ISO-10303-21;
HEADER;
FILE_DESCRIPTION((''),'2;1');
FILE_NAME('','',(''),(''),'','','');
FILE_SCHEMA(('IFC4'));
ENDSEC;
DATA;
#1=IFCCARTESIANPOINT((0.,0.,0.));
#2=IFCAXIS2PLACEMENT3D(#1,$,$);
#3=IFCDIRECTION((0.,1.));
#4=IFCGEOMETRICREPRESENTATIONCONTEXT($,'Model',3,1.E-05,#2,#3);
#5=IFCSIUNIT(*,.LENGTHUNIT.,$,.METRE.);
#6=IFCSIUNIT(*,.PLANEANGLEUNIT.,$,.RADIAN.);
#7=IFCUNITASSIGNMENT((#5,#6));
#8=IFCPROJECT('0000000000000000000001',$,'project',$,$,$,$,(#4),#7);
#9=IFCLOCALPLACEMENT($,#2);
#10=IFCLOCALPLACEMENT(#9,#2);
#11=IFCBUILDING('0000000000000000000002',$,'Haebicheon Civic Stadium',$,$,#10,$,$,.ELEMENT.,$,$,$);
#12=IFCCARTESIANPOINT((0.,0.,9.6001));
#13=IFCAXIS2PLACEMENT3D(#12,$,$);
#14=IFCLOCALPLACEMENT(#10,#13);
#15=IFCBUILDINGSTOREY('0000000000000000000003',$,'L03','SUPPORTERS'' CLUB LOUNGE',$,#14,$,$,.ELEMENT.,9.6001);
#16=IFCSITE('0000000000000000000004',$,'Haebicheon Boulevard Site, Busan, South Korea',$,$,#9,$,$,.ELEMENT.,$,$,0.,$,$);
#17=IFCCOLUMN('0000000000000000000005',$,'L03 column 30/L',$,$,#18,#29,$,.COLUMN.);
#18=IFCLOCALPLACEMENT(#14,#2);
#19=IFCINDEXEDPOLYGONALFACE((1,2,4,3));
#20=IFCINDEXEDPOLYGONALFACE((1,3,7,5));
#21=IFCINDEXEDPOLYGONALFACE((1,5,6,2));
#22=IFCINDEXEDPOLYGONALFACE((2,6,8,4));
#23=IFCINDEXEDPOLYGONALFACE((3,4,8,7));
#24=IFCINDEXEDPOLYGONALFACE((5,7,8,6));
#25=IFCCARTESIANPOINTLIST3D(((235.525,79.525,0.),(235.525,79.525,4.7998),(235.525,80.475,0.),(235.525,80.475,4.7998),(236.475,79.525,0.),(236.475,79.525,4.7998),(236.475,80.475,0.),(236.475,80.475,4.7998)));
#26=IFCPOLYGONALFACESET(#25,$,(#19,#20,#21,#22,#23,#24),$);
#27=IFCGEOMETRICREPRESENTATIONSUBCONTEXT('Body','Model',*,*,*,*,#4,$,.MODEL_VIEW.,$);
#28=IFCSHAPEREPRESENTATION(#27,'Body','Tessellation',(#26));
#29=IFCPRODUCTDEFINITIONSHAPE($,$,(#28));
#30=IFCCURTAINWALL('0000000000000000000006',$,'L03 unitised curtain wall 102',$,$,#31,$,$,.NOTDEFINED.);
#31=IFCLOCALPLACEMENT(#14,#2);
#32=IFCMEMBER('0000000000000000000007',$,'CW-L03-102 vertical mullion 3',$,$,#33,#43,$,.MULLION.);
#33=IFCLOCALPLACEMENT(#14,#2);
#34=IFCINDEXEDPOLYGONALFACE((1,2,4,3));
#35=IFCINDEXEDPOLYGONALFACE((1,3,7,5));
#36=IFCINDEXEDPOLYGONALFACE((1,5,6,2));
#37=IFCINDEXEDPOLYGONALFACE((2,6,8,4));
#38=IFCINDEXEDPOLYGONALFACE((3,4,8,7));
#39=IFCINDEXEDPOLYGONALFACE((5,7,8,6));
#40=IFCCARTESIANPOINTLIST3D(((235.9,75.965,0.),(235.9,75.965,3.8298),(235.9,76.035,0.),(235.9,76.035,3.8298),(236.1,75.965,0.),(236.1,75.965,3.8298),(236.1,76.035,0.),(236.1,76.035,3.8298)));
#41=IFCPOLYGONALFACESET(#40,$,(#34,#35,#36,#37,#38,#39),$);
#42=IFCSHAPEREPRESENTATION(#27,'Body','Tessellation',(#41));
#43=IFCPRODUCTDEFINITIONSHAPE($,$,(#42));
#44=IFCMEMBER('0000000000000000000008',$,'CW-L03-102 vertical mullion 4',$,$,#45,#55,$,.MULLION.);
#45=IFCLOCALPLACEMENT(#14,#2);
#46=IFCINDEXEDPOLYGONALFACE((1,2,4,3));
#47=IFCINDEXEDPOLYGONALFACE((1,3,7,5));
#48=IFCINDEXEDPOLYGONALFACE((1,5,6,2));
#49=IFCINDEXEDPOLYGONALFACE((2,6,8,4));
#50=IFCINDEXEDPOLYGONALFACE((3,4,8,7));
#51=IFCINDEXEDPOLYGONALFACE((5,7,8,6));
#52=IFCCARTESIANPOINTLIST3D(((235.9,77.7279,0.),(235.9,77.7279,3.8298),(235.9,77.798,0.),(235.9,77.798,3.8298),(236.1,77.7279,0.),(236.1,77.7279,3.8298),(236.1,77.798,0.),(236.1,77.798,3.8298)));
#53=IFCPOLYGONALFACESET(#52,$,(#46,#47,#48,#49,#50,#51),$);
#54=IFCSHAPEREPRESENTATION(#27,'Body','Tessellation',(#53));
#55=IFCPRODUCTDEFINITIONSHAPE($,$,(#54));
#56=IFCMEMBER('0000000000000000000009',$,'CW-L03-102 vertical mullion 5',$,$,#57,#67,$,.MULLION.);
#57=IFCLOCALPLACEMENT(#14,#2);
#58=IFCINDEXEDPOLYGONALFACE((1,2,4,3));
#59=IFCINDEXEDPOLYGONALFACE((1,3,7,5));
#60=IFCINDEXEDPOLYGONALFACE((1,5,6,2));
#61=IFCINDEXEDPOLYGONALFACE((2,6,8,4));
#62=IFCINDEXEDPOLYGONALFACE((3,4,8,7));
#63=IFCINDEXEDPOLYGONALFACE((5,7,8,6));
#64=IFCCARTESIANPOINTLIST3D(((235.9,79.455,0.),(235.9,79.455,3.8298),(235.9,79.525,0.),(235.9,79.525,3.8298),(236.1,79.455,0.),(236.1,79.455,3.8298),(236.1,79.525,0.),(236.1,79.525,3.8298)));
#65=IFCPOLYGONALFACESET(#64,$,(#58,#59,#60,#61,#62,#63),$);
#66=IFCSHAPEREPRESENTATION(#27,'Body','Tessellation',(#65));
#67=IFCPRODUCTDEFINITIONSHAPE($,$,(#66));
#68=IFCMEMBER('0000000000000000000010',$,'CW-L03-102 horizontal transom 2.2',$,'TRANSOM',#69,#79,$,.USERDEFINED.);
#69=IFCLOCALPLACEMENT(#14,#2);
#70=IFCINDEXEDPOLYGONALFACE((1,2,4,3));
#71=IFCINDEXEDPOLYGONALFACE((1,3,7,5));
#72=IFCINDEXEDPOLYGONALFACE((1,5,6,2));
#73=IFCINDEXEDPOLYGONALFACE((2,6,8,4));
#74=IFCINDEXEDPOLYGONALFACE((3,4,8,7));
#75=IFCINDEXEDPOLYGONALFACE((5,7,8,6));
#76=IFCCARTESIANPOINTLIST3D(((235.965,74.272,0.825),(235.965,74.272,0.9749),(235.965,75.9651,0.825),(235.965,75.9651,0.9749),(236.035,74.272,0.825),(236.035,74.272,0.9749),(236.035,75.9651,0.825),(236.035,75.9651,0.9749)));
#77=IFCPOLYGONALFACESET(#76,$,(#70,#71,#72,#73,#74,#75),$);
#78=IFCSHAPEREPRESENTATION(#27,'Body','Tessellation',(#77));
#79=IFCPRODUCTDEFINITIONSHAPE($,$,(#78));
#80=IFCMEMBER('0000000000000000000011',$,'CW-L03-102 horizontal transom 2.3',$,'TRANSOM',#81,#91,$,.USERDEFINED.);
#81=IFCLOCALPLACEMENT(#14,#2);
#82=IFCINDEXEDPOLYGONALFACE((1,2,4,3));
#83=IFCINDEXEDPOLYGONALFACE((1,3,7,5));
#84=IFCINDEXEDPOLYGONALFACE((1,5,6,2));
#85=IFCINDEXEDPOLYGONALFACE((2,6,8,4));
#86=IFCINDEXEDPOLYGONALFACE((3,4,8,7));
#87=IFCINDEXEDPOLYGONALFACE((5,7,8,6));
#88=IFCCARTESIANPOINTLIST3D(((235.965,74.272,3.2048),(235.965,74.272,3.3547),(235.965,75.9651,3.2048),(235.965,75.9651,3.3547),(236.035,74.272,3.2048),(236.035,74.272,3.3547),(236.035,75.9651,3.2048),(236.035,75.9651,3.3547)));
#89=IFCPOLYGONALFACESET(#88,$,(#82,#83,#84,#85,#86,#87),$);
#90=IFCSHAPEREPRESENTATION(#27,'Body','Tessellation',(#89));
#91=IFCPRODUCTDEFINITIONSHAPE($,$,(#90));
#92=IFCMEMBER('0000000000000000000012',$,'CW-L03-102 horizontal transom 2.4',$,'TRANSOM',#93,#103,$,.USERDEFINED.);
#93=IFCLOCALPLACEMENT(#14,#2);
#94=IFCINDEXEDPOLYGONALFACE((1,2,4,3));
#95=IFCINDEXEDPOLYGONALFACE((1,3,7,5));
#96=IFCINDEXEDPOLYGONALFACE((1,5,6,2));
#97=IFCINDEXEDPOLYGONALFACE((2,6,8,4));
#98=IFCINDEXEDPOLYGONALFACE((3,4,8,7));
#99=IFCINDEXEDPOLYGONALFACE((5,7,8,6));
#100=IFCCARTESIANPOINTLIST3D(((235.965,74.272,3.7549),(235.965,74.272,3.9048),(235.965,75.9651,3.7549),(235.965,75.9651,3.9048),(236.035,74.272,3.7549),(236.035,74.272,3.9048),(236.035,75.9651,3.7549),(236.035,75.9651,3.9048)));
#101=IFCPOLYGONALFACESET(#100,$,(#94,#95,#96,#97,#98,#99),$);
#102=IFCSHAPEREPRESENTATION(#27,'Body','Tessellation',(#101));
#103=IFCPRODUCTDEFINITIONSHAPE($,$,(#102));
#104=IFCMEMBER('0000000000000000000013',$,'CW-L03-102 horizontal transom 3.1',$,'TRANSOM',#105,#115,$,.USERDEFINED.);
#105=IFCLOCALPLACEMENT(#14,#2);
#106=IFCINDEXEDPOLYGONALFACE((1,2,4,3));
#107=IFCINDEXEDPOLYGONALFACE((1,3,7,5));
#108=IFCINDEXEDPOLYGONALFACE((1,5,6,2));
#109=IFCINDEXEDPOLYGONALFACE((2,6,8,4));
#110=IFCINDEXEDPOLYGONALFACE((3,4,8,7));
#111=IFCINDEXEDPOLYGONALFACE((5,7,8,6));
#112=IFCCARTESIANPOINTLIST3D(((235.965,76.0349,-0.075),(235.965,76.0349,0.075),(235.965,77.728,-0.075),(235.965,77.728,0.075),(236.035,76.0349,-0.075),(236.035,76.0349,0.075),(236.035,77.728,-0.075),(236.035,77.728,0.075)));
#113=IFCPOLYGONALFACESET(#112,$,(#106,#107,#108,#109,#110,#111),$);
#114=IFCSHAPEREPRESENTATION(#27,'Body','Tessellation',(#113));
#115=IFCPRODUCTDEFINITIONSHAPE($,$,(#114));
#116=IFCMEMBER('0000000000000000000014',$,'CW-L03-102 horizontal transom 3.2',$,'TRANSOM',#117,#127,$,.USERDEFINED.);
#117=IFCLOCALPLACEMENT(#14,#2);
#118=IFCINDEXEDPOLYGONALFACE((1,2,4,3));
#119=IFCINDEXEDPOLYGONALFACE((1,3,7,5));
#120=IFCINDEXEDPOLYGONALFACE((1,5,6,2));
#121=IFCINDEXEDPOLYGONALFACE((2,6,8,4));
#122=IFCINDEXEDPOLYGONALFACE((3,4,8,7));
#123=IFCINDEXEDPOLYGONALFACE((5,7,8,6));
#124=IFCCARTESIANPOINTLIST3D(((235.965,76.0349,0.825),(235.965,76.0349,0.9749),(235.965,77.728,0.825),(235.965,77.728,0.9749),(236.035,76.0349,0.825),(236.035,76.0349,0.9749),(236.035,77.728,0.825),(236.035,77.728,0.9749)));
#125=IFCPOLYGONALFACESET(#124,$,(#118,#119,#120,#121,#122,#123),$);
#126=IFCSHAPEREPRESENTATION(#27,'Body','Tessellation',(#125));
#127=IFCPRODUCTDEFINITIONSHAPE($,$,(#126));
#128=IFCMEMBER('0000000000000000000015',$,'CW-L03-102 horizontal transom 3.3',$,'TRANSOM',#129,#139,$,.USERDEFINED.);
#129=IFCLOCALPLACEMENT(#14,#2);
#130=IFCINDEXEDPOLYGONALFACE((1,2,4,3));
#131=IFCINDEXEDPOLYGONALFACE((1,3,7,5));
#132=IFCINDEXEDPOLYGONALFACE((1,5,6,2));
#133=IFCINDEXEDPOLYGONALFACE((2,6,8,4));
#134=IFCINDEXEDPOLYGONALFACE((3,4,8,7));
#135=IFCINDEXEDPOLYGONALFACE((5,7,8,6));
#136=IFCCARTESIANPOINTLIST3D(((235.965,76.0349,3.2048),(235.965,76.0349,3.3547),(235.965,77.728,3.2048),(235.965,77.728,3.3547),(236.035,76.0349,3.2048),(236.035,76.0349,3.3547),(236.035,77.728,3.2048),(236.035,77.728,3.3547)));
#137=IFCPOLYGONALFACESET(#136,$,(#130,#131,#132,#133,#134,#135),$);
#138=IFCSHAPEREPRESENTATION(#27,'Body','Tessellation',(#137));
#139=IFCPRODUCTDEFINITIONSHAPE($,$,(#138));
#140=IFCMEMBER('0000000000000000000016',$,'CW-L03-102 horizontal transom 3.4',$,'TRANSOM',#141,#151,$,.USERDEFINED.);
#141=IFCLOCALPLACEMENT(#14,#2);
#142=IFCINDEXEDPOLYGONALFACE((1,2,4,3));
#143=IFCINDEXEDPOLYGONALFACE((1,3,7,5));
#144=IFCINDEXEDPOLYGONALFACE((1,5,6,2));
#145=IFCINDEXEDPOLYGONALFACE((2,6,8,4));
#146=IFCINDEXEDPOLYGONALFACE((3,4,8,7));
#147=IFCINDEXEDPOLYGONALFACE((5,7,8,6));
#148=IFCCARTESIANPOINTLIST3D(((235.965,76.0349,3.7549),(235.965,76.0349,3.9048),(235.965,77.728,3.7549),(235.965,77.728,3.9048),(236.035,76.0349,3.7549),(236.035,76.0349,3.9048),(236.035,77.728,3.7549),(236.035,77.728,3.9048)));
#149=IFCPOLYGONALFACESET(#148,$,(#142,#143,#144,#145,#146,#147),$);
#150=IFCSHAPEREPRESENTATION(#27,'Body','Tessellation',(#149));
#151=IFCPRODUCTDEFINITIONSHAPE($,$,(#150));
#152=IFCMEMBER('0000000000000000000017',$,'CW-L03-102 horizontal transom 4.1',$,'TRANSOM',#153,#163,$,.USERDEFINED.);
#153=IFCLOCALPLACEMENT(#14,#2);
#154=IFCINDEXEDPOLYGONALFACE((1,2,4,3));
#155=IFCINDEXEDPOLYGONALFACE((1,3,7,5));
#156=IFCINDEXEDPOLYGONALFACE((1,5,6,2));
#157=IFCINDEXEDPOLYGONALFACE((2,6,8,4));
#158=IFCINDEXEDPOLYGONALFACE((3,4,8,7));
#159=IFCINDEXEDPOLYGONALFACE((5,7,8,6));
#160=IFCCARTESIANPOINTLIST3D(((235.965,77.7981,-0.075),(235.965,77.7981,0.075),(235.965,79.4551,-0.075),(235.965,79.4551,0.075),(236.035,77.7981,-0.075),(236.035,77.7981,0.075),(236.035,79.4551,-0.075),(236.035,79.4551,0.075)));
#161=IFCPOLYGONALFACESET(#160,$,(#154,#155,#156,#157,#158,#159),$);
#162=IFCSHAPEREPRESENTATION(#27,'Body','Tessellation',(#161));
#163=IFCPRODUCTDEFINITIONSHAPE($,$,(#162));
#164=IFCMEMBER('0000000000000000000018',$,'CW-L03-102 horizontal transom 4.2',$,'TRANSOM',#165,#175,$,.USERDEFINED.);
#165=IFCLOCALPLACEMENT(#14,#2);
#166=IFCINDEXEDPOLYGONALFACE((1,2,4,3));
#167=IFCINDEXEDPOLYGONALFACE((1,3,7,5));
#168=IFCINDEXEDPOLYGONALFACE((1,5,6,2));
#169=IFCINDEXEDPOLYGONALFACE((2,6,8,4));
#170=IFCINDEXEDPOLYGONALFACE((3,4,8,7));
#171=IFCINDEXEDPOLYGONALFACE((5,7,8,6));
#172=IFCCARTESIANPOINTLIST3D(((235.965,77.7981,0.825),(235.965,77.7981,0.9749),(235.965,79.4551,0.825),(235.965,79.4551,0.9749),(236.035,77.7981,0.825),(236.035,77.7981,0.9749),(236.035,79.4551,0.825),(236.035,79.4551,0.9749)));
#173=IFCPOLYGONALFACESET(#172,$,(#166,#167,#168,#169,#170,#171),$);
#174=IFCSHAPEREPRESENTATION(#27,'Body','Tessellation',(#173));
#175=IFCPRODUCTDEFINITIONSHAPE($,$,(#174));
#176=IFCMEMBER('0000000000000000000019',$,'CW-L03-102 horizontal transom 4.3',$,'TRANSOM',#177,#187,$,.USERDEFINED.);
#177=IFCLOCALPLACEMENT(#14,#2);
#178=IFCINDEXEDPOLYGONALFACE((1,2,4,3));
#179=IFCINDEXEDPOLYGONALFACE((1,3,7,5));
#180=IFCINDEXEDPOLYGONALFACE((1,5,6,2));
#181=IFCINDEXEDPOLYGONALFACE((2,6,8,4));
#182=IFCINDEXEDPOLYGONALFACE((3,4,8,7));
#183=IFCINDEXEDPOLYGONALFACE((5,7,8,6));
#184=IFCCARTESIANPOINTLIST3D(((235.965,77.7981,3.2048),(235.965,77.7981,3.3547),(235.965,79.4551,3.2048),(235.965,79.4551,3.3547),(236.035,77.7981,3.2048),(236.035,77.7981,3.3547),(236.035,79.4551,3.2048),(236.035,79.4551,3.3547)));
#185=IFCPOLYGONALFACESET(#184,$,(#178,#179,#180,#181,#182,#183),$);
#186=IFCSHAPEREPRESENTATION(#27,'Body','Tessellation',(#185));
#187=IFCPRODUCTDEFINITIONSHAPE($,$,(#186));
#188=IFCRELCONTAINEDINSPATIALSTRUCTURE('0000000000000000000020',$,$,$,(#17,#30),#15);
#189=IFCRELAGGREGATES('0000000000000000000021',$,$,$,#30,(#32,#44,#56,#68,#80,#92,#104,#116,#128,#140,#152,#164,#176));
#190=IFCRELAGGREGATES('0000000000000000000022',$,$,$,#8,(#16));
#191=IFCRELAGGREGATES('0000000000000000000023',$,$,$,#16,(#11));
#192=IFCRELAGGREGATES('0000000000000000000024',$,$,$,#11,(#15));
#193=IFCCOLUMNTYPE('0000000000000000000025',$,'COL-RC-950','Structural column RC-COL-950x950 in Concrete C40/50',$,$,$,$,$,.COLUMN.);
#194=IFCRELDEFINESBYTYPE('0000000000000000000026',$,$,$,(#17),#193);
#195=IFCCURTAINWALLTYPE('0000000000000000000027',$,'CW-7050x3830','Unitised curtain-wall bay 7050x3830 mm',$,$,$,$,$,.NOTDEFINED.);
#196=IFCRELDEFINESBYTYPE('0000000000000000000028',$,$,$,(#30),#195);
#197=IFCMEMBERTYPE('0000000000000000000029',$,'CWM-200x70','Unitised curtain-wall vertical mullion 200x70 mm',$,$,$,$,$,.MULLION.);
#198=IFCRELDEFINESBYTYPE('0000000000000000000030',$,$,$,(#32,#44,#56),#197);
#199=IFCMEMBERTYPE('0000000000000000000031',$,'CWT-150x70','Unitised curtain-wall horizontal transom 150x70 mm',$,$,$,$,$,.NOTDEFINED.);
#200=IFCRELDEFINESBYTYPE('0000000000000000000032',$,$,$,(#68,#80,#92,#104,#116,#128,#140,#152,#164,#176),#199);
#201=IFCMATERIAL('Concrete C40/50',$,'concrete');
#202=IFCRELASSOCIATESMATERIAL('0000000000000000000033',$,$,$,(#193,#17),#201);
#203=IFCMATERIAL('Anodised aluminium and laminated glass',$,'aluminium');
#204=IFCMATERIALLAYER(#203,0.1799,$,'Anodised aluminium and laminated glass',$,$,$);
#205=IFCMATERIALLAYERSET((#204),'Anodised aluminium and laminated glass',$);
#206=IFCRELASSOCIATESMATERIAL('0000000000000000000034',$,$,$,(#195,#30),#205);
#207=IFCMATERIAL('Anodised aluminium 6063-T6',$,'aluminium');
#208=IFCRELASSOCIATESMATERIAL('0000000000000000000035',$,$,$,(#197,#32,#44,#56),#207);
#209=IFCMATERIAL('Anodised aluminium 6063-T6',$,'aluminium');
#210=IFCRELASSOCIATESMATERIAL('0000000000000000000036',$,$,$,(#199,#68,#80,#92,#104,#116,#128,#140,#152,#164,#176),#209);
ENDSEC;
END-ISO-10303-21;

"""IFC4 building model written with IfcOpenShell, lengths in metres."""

from ifc_helpers import new_model, si_unit, direction, frame, origin, origin_2d, place, context, subcontext, project, spatial, rectangle, extrude, material, layer, layer_set, material_profile, profile_set, type_object, element, aggregate, save


model = new_model("IFC4")

# Units and contexts
model_context = context("Model", 3, precision=1e-05, world=origin(), true_north=direction((0.0, 1.0)))
body_context = subcontext(model_context, "Body", "Model", "MODEL_VIEW")
ifc_project = project(units=[si_unit("LENGTHUNIT", "METRE"), si_unit("PLANEANGLEUNIT", "RADIAN")], contexts=[model_context])

# Site, building, storey
site_placement = place(None, origin())
site = spatial("IfcSite", under=ifc_project, at=site_placement, Name="Haebicheon Boulevard Site, Busan, South Korea", CompositionType="ELEMENT", RefElevation=0.0)
building_placement = place(site_placement, origin())
building = spatial("IfcBuilding", under=site, at=building_placement, Name="Haebicheon Civic Stadium", CompositionType="ELEMENT")
storey_placement = place(building_placement, frame((0.0, 0.0, 9.6001)))
storey = spatial("IfcBuildingStorey", under=building, at=storey_placement, Name="L03", Description="SUPPORTERS' CLUB LOUNGE", CompositionType="ELEMENT", Elevation=9.6001)

# Column
ifc_material_1 = material(Name="Concrete C40/50", Category="concrete")
ifc_material_profile_1 = material_profile(ifc_material_1, rectangle(XDim=0.95, YDim=0.95, at=origin_2d()), Name="RC-COL-950x950")
ifc_profile_set_1 = profile_set([ifc_material_profile_1], Name="Concrete C40/50")
column_type = type_object("IfcColumnType", Name="COL-RC-950", Description="Structural column RC-COL-950x950 in Concrete C40/50", PredefinedType="COLUMN", material=ifc_profile_set_1)
column_placement = place(storey_placement, frame((236.0, 80.0, 0.0), z_axis=(0.0, 0.0, 1.0), x_axis=(1.0, 0.0, 0.0)))
element("IfcColumn", 1, at=column_placement, inside=storey, type_object=column_type, material=ifc_profile_set_1, Name="L03 column 30/L", PredefinedType="COLUMN", context=body_context, shape_type="SweptSolid", body=[
    extrude(rectangle(XDim=0.95, YDim=0.95, at=origin_2d()), origin(), (0.0, 0.0, 1.0), 4.7998),
])

# Curtain wall, members
ifc_material_2 = material(Name="Anodised aluminium and laminated glass", Category="aluminium")
ifc_layer_1 = layer(ifc_material_2, 0.1799, Name="Anodised aluminium and laminated glass")
ifc_layer_set_1 = layer_set([ifc_layer_1], Name="Anodised aluminium and laminated glass")
curtain_wall_type = type_object("IfcCurtainWallType", Name="CW-7050x3830", Description="Unitised curtain-wall bay 7050x3830 mm", PredefinedType="NOTDEFINED", material=ifc_layer_set_1)
curtain_wall_placement = place(storey_placement, origin())
curtain_wall = element("IfcCurtainWall", 2, at=curtain_wall_placement, inside=storey, type_object=curtain_wall_type, material=ifc_layer_set_1, Name="L03 unitised curtain wall 102", PredefinedType="NOTDEFINED")
ifc_material_3 = material(Name="Anodised aluminium 6063-T6", Category="aluminium")
ifc_material_profile_2 = material_profile(ifc_material_3, rectangle(XDim=0.0701, YDim=0.2, at=origin_2d()), Name="ALU-MULL-70x200")
ifc_profile_set_2 = profile_set([ifc_material_profile_2], Name="Anodised aluminium 6063-T6")
member_type_1 = type_object("IfcMemberType", Name="CWM-200x70", Description="Unitised curtain-wall vertical mullion 200x70 mm", PredefinedType="MULLION", material=ifc_profile_set_2)
member_1_placement = place(storey_placement, frame((236.0, 76.0, 0.0), z_axis=(0.0, 0.0, 1.0), x_axis=(0.0, 1.0, 0.0)))
member_1 = element("IfcMember", 3, at=member_1_placement, type_object=member_type_1, material=ifc_profile_set_2, Name="CW-L03-102 vertical mullion 3", PredefinedType="MULLION", context=body_context, shape_type="SweptSolid", body=[
    extrude(rectangle(XDim=0.0701, YDim=0.2, at=origin_2d()), origin(), (0.0, 0.0, 1.0), 3.8298),
])
member_2_placement = place(storey_placement, frame((236.0, 77.7629, 0.0), z_axis=(0.0, 0.0, 1.0), x_axis=(0.0, 1.0, 0.0)))
member_2 = element("IfcMember", 4, at=member_2_placement, type_object=member_type_1, material=ifc_profile_set_2, Name="CW-L03-102 vertical mullion 4", PredefinedType="MULLION", context=body_context, shape_type="SweptSolid", body=[
    extrude(rectangle(XDim=0.0701, YDim=0.2, at=origin_2d()), origin(), (0.0, 0.0, 1.0), 3.8298),
])
member_3_placement = place(storey_placement, frame((236.0, 79.49, 0.0), z_axis=(0.0, 0.0, 1.0), x_axis=(0.0, 1.0, 0.0)))
member_3 = element("IfcMember", 5, at=member_3_placement, type_object=member_type_1, material=ifc_profile_set_2, Name="CW-L03-102 vertical mullion 5", PredefinedType="MULLION", context=body_context, shape_type="SweptSolid", body=[
    extrude(rectangle(XDim=0.0701, YDim=0.2, at=origin_2d()), origin(), (0.0, 0.0, 1.0), 3.8298),
])
ifc_material_4 = material(Name="Anodised aluminium 6063-T6", Category="aluminium")
ifc_material_profile_3 = material_profile(ifc_material_4, rectangle(XDim=0.0701, YDim=0.1499, at=origin_2d()), Name="ALU-TRAN-70x150")
ifc_profile_set_3 = profile_set([ifc_material_profile_3], Name="Anodised aluminium 6063-T6")
member_type_2 = type_object("IfcMemberType", Name="CWT-150x70", Description="Unitised curtain-wall horizontal transom 150x70 mm", PredefinedType="NOTDEFINED", material=ifc_profile_set_3)
member_4_placement = place(storey_placement, frame((236.0, 74.272, 0.8999), z_axis=(0.0, 1.0, 0.0), x_axis=(-1.0, 0.0, 0.0)))
member_4 = element("IfcMember", 6, at=member_4_placement, type_object=member_type_2, material=ifc_profile_set_3, Name="CW-L03-102 horizontal transom 2.2", ObjectType="TRANSOM", PredefinedType="USERDEFINED", context=body_context, shape_type="SweptSolid", body=[
    extrude(rectangle(XDim=0.0701, YDim=0.1499, at=origin_2d()), origin(), (0.0, 0.0, 1.0), 1.6931),
])
member_5_placement = place(storey_placement, frame((236.0, 74.272, 3.2798), z_axis=(0.0, 1.0, 0.0), x_axis=(-1.0, 0.0, 0.0)))
member_5 = element("IfcMember", 7, at=member_5_placement, type_object=member_type_2, material=ifc_profile_set_3, Name="CW-L03-102 horizontal transom 2.3", ObjectType="TRANSOM", PredefinedType="USERDEFINED", context=body_context, shape_type="SweptSolid", body=[
    extrude(rectangle(XDim=0.0701, YDim=0.1499, at=origin_2d()), origin(), (0.0, 0.0, 1.0), 1.6931),
])
member_6_placement = place(storey_placement, frame((236.0, 74.272, 3.8298), z_axis=(0.0, 1.0, 0.0), x_axis=(-1.0, 0.0, 0.0)))
member_6 = element("IfcMember", 8, at=member_6_placement, type_object=member_type_2, material=ifc_profile_set_3, Name="CW-L03-102 horizontal transom 2.4", ObjectType="TRANSOM", PredefinedType="USERDEFINED", context=body_context, shape_type="SweptSolid", body=[
    extrude(rectangle(XDim=0.0701, YDim=0.1499, at=origin_2d()), origin(), (0.0, 0.0, 1.0), 1.6931),
])
member_7_placement = place(storey_placement, frame((236.0, 76.0349, 0.0), z_axis=(0.0, 1.0, 0.0), x_axis=(-1.0, 0.0, 0.0)))
member_7 = element("IfcMember", 9, at=member_7_placement, type_object=member_type_2, material=ifc_profile_set_3, Name="CW-L03-102 horizontal transom 3.1", ObjectType="TRANSOM", PredefinedType="USERDEFINED", context=body_context, shape_type="SweptSolid", body=[
    extrude(rectangle(XDim=0.0701, YDim=0.1499, at=origin_2d()), origin(), (0.0, 0.0, 1.0), 1.6931),
])
member_8_placement = place(storey_placement, frame((236.0, 76.0349, 0.8999), z_axis=(0.0, 1.0, 0.0), x_axis=(-1.0, 0.0, 0.0)))
member_8 = element("IfcMember", 10, at=member_8_placement, type_object=member_type_2, material=ifc_profile_set_3, Name="CW-L03-102 horizontal transom 3.2", ObjectType="TRANSOM", PredefinedType="USERDEFINED", context=body_context, shape_type="SweptSolid", body=[
    extrude(rectangle(XDim=0.0701, YDim=0.1499, at=origin_2d()), origin(), (0.0, 0.0, 1.0), 1.6931),
])
member_9_placement = place(storey_placement, frame((236.0, 76.0349, 3.2798), z_axis=(0.0, 1.0, 0.0), x_axis=(-1.0, 0.0, 0.0)))
member_9 = element("IfcMember", 11, at=member_9_placement, type_object=member_type_2, material=ifc_profile_set_3, Name="CW-L03-102 horizontal transom 3.3", ObjectType="TRANSOM", PredefinedType="USERDEFINED", context=body_context, shape_type="SweptSolid", body=[
    extrude(rectangle(XDim=0.0701, YDim=0.1499, at=origin_2d()), origin(), (0.0, 0.0, 1.0), 1.6931),
])
member_10_placement = place(storey_placement, frame((236.0, 76.0349, 3.8298), z_axis=(0.0, 1.0, 0.0), x_axis=(-1.0, 0.0, 0.0)))
member_10 = element("IfcMember", 12, at=member_10_placement, type_object=member_type_2, material=ifc_profile_set_3, Name="CW-L03-102 horizontal transom 3.4", ObjectType="TRANSOM", PredefinedType="USERDEFINED", context=body_context, shape_type="SweptSolid", body=[
    extrude(rectangle(XDim=0.0701, YDim=0.1499, at=origin_2d()), origin(), (0.0, 0.0, 1.0), 1.6931),
])
member_11_placement = place(storey_placement, frame((236.0, 77.7981, 0.0), z_axis=(0.0, 1.0, 0.0), x_axis=(-1.0, 0.0, 0.0)))
member_11 = element("IfcMember", 13, at=member_11_placement, type_object=member_type_2, material=ifc_profile_set_3, Name="CW-L03-102 horizontal transom 4.1", ObjectType="TRANSOM", PredefinedType="USERDEFINED", context=body_context, shape_type="SweptSolid", body=[
    extrude(rectangle(XDim=0.0701, YDim=0.1499, at=origin_2d()), origin(), (0.0, 0.0, 1.0), 1.657),
])
member_12_placement = place(storey_placement, frame((236.0, 77.7981, 0.8999), z_axis=(0.0, 1.0, 0.0), x_axis=(-1.0, 0.0, 0.0)))
member_12 = element("IfcMember", 14, at=member_12_placement, type_object=member_type_2, material=ifc_profile_set_3, Name="CW-L03-102 horizontal transom 4.2", ObjectType="TRANSOM", PredefinedType="USERDEFINED", context=body_context, shape_type="SweptSolid", body=[
    extrude(rectangle(XDim=0.0701, YDim=0.1499, at=origin_2d()), origin(), (0.0, 0.0, 1.0), 1.657),
])
member_13_placement = place(storey_placement, frame((236.0, 77.7981, 3.2798), z_axis=(0.0, 1.0, 0.0), x_axis=(-1.0, 0.0, 0.0)))
member_13 = element("IfcMember", 15, at=member_13_placement, type_object=member_type_2, material=ifc_profile_set_3, Name="CW-L03-102 horizontal transom 4.3", ObjectType="TRANSOM", PredefinedType="USERDEFINED", context=body_context, shape_type="SweptSolid", body=[
    extrude(rectangle(XDim=0.0701, YDim=0.1499, at=origin_2d()), origin(), (0.0, 0.0, 1.0), 1.657),
])

aggregate(curtain_wall, [member_1, member_2, member_3, member_4, member_5, member_6, member_7, member_8, member_9, member_10, member_11, member_12, member_13])

save(model, "model.ifc")
